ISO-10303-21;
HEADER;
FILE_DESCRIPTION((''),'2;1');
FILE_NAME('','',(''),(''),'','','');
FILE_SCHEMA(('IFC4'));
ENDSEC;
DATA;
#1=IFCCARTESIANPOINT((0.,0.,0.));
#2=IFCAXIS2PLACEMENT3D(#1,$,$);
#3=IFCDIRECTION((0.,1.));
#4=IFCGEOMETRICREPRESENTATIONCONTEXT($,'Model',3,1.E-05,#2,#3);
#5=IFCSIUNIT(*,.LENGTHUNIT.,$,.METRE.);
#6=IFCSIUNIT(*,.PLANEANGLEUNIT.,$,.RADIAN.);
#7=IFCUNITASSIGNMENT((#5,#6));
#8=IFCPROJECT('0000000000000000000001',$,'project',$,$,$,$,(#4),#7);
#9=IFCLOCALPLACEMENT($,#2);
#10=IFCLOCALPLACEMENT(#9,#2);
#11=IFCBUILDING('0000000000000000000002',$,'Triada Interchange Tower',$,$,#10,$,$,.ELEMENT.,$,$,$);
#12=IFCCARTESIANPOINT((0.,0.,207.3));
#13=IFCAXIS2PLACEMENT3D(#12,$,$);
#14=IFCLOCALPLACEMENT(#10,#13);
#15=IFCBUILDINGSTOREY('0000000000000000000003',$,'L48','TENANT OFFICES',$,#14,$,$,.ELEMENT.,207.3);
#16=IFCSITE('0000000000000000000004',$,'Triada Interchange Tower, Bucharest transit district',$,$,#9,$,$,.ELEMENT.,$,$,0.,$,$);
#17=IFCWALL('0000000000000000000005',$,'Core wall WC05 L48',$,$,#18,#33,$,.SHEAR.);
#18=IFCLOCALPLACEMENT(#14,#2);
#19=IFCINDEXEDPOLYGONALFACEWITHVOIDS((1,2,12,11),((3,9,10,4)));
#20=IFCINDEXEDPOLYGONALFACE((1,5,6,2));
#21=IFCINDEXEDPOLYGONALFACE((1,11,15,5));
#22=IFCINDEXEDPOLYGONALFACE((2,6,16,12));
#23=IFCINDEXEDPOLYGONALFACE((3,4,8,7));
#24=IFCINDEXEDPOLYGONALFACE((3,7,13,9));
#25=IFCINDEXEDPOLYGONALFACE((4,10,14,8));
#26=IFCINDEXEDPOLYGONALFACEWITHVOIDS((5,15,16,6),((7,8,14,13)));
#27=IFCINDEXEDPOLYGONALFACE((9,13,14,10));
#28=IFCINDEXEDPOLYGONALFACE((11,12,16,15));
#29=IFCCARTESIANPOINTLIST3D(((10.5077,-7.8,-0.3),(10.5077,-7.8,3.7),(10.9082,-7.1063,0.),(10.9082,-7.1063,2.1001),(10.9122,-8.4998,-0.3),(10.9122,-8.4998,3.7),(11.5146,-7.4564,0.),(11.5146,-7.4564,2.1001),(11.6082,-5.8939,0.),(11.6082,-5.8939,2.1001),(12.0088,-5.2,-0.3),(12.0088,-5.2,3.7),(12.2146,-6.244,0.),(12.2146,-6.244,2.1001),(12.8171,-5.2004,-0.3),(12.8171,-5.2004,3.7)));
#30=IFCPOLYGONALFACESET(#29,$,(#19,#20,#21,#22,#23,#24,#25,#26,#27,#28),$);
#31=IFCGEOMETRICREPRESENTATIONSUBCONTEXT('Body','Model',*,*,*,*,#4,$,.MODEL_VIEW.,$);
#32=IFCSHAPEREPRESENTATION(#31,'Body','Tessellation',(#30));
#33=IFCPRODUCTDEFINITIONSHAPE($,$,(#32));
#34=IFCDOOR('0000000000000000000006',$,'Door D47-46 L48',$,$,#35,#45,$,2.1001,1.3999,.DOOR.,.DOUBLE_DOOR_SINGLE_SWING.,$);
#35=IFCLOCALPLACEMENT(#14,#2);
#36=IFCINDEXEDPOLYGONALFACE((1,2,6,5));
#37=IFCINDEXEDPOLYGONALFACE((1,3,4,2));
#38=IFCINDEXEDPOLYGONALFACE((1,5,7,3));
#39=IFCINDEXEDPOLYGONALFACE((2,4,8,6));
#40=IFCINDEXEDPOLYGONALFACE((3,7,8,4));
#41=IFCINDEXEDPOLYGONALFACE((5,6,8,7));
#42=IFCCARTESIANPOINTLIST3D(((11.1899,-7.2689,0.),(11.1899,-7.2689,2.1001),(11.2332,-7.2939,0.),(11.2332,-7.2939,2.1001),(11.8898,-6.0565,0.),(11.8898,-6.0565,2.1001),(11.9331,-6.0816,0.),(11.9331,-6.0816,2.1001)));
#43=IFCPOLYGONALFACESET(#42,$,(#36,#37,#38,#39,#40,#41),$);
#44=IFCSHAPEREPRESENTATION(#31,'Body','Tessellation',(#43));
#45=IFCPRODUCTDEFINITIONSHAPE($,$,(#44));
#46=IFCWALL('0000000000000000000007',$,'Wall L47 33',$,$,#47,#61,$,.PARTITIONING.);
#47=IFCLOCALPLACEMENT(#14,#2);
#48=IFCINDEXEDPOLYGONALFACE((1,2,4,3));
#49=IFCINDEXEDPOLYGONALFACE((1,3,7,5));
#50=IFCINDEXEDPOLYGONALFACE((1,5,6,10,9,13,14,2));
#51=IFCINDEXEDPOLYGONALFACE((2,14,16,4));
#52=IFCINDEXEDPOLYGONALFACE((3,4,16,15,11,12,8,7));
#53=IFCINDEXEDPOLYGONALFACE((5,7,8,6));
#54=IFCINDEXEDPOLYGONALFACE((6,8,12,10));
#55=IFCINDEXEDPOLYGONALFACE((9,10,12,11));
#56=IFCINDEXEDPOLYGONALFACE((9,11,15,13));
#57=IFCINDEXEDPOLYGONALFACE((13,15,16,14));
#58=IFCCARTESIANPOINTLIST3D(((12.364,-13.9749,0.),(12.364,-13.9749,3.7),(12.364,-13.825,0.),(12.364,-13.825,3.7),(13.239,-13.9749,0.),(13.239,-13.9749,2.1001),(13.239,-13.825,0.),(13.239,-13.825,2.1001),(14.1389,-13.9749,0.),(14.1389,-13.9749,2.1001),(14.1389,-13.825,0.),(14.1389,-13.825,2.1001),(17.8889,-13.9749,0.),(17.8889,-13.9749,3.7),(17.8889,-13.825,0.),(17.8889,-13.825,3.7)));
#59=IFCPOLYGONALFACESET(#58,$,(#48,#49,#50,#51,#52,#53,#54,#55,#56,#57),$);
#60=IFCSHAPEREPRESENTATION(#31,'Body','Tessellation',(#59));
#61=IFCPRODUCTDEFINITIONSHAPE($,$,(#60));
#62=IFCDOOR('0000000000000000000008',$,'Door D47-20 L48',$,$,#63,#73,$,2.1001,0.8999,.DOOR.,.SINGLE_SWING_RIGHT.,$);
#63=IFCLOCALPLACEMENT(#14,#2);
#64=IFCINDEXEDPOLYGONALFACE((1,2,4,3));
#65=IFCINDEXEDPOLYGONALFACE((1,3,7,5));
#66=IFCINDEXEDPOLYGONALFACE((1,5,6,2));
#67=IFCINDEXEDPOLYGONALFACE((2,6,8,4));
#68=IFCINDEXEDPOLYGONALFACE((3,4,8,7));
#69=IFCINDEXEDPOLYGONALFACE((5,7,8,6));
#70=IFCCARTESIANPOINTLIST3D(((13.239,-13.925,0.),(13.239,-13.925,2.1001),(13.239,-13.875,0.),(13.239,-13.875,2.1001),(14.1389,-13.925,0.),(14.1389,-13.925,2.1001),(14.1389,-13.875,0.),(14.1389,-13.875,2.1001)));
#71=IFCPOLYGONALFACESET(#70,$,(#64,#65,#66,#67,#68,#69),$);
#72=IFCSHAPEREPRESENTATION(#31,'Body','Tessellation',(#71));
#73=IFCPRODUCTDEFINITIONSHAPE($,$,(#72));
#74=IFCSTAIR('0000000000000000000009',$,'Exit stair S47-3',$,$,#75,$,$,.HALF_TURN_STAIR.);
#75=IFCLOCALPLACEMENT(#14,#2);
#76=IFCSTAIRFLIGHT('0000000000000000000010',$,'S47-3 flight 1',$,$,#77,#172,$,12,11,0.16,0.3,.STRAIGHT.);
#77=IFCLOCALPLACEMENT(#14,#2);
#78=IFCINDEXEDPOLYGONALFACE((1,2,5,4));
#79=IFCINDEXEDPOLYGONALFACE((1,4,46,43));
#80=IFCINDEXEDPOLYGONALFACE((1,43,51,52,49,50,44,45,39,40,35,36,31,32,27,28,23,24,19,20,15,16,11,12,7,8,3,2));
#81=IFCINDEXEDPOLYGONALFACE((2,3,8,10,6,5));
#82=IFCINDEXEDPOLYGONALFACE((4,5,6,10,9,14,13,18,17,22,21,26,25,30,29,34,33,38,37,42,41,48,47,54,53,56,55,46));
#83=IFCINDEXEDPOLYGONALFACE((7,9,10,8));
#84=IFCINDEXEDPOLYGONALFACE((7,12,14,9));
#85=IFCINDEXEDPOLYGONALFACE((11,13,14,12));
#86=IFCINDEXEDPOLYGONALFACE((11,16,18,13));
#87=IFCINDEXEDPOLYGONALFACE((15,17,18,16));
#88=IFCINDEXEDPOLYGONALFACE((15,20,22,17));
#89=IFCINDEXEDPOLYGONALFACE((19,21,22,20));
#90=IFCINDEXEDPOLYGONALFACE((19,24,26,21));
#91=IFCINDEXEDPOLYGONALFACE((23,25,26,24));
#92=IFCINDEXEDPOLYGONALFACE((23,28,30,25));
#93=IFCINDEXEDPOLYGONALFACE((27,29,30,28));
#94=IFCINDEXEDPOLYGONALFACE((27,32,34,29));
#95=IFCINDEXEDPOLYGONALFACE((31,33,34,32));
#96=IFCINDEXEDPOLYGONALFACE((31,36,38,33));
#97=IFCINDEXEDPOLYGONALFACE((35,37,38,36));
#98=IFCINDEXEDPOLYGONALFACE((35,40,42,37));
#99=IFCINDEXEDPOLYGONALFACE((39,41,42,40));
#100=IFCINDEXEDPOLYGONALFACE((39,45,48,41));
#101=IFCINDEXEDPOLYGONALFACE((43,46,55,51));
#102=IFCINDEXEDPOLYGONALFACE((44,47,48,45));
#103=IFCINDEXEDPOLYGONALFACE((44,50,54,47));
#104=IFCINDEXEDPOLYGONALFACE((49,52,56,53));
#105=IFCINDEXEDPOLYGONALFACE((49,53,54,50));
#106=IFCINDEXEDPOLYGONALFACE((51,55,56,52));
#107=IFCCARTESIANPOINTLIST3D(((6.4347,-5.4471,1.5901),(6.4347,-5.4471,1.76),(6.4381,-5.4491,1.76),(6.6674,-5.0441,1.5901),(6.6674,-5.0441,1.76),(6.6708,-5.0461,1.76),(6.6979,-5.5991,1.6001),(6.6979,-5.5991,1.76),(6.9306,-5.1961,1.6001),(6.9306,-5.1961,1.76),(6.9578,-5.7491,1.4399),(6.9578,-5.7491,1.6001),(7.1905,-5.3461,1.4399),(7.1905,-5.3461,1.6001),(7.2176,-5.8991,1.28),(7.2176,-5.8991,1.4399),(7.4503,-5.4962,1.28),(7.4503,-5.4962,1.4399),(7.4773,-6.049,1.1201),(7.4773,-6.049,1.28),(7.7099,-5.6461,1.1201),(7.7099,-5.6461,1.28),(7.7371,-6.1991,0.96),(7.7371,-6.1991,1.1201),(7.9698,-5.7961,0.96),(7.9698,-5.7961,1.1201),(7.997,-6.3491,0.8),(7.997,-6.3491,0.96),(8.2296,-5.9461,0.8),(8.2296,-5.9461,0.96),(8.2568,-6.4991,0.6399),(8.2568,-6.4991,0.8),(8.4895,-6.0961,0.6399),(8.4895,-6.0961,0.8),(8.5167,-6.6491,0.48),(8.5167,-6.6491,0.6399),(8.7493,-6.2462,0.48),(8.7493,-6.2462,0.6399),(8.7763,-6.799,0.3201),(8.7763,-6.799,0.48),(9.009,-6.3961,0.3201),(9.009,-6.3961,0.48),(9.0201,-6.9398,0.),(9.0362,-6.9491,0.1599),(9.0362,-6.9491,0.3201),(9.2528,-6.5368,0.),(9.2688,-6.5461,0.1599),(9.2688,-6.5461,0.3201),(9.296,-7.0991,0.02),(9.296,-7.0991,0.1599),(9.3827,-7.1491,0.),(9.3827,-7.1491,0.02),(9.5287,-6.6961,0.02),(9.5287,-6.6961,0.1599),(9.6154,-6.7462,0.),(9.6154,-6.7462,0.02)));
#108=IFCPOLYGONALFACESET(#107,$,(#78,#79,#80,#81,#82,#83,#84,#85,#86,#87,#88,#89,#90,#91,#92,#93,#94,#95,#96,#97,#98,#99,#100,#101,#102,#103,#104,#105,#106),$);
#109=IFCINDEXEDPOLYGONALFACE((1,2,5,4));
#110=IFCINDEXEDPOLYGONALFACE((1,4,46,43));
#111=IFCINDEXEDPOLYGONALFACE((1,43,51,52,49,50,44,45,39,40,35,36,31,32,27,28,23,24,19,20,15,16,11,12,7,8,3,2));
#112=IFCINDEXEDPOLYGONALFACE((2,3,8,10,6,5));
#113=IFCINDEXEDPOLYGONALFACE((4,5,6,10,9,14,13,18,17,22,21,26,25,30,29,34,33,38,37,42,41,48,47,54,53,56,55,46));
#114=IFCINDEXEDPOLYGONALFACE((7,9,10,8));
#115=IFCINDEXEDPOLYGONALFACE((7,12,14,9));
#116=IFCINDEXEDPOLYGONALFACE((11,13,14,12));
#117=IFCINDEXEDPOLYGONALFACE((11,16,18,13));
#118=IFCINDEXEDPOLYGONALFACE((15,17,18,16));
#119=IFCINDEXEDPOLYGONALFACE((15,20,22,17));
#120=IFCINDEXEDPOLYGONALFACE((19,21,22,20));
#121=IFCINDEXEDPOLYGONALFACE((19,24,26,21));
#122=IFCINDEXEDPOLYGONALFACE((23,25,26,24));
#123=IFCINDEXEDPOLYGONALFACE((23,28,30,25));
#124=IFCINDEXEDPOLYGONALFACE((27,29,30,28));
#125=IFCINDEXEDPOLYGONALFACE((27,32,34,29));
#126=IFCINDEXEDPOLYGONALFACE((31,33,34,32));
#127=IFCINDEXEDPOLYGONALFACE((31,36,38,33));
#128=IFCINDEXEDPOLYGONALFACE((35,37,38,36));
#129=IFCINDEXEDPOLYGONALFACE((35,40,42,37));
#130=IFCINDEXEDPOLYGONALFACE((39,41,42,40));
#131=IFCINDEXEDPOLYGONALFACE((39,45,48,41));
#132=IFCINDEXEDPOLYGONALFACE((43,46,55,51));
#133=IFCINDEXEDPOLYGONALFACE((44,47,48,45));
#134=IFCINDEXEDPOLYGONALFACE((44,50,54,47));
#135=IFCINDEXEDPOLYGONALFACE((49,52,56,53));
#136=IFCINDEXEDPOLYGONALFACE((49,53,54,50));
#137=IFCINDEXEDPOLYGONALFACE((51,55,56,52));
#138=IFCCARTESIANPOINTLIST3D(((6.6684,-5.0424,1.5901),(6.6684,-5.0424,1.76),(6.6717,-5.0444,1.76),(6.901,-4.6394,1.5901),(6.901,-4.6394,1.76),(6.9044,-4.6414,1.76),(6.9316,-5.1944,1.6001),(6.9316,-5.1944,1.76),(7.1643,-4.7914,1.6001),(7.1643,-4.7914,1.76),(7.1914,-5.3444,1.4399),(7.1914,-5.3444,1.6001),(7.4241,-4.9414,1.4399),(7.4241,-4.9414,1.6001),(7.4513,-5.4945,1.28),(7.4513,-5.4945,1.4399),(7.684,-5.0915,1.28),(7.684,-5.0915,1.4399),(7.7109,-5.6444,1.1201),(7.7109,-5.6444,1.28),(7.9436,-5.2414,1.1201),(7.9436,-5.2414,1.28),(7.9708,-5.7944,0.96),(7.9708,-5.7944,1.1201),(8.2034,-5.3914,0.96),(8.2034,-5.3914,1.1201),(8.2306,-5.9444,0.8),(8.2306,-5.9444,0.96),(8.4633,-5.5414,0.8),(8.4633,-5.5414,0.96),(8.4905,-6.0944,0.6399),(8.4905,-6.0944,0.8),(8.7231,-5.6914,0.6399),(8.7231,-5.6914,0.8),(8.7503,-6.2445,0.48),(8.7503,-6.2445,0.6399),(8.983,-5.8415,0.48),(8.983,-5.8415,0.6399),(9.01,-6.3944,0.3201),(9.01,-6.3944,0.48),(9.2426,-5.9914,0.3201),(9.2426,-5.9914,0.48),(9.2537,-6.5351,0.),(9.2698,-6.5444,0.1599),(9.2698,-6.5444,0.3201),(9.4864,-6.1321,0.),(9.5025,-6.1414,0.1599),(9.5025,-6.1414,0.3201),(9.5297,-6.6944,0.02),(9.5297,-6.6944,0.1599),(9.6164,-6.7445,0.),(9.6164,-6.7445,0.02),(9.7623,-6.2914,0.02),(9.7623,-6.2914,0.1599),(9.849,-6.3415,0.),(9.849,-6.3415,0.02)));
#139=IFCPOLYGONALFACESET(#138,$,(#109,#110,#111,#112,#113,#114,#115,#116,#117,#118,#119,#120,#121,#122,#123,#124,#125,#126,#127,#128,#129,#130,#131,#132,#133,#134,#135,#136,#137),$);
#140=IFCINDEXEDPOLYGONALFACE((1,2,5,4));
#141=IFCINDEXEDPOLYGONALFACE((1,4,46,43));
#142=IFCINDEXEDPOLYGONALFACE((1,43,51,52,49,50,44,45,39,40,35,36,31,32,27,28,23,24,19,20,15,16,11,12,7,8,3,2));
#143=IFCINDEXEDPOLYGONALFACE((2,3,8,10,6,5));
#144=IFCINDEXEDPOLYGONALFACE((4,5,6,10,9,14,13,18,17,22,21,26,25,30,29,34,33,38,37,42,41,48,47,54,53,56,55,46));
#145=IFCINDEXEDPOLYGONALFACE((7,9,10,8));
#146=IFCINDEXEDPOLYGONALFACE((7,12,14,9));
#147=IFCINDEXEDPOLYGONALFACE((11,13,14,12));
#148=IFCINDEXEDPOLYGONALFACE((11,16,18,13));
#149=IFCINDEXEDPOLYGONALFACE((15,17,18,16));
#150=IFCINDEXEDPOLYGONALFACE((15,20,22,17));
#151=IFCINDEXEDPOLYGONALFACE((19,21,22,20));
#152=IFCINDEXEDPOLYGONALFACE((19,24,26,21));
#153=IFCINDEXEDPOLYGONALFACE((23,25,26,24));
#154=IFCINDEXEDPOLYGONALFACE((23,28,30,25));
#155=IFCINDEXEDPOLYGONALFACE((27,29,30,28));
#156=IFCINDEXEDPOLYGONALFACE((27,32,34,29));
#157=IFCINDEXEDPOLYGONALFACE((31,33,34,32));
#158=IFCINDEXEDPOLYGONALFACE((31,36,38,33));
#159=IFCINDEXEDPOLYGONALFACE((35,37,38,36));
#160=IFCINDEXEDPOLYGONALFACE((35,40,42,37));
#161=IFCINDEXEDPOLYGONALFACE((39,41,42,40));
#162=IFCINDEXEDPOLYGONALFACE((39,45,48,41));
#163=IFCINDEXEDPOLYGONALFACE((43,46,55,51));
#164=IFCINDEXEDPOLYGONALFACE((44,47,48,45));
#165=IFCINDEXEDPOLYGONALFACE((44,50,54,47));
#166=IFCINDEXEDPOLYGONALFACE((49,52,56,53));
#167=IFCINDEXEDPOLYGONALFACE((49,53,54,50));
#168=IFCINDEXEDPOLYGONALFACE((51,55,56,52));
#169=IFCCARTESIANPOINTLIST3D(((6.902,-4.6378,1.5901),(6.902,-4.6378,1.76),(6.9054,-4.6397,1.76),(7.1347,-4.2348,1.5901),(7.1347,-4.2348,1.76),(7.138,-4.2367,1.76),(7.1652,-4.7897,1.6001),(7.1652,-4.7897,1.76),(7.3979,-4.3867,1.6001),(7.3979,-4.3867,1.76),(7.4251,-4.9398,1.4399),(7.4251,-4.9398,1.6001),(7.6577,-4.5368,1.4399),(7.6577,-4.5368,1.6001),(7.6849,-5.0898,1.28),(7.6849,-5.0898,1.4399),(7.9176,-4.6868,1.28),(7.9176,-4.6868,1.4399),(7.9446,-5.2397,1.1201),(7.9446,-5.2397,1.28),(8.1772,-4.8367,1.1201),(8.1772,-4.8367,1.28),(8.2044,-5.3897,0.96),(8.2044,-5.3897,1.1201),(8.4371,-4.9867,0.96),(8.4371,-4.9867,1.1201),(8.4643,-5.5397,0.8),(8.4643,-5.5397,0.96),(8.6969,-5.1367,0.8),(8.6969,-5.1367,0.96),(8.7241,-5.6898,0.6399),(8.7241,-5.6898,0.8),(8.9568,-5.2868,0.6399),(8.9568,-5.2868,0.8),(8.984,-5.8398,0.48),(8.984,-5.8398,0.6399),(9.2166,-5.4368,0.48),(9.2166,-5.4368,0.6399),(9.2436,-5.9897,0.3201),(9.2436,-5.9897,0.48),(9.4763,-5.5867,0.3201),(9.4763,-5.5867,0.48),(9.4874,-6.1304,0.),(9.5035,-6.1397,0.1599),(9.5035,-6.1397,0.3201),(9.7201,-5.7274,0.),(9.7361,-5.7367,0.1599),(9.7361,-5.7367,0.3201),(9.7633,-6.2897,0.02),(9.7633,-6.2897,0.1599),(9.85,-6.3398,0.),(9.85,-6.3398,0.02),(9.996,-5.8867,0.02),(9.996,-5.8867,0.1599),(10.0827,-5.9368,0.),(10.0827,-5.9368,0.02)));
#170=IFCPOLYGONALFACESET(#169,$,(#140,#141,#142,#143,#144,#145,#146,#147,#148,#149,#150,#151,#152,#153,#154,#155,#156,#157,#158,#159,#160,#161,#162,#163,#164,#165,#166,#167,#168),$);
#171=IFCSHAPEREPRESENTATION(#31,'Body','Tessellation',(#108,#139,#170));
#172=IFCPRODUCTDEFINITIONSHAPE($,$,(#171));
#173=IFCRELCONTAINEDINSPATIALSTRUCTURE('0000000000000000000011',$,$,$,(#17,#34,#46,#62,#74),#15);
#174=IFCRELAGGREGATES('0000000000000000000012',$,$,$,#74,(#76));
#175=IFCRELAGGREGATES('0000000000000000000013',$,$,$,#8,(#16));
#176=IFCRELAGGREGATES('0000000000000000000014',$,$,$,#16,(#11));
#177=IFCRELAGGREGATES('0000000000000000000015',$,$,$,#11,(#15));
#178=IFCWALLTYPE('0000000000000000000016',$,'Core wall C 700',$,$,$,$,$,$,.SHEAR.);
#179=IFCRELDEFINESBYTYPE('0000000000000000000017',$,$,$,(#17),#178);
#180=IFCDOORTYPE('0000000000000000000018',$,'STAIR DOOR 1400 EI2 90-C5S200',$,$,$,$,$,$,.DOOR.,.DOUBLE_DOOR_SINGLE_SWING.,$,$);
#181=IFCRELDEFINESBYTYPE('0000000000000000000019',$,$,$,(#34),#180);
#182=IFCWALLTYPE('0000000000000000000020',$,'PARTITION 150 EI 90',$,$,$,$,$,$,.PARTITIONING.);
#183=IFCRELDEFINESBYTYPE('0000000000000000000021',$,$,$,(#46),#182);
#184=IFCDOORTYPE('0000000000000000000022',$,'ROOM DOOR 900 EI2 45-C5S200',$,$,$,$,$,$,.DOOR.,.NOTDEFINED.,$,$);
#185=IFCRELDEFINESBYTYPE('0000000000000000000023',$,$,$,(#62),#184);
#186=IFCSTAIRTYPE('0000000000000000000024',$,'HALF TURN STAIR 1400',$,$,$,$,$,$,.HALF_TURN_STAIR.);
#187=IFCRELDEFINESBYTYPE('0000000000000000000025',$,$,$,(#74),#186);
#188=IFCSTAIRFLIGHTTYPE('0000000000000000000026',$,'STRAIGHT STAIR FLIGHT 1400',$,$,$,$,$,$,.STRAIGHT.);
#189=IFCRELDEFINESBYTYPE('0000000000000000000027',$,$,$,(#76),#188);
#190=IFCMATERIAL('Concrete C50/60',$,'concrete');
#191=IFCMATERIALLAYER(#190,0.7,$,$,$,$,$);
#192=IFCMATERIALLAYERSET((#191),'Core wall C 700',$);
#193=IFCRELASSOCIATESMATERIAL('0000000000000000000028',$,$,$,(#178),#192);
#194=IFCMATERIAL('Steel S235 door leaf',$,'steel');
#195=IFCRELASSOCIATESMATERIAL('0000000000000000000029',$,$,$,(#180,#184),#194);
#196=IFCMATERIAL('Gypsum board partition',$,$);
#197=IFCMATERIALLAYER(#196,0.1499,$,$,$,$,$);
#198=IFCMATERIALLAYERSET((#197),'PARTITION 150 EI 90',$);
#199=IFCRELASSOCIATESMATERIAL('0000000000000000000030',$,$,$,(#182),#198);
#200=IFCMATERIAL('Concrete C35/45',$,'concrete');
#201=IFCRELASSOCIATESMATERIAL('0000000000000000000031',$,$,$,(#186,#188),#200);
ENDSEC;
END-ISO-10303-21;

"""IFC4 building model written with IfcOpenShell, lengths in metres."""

from ifc_helpers import new_model, si_unit, direction, frame, frame_2d, origin, place, context, subcontext, project, spatial, polyline, rectangle, outline, extrude, material, layer, layer_set, type_object, element, fill, aggregate, save


model = new_model("IFC4")

# Units and contexts
model_context = context("Model", 3, precision=1e-05, world=origin(), true_north=direction((0.0, 1.0)))
body_context = subcontext(model_context, "Body", "Model", "MODEL_VIEW")
ifc_project = project(units=[si_unit("LENGTHUNIT", "METRE"), si_unit("PLANEANGLEUNIT", "RADIAN")], contexts=[model_context])

# Site, building, storey
site_placement = place(None, origin())
site = spatial("IfcSite", under=ifc_project, at=site_placement, Name="Triada Interchange Tower, Bucharest transit district", CompositionType="ELEMENT", RefElevation=0.0)
building_placement = place(site_placement, origin())
building = spatial("IfcBuilding", under=site, at=building_placement, Name="Triada Interchange Tower", CompositionType="ELEMENT")
storey_placement = place(building_placement, frame((0.0, 0.0, 207.3)))
storey = spatial("IfcBuildingStorey", under=building, at=storey_placement, Name="L48", Description="TENANT OFFICES", CompositionType="ELEMENT", Elevation=207.3)

# Shared definitions
ifc_material_1 = material(Name="Steel S235 door leaf", Category="steel")

# Wall, opening, door
ifc_material_2 = material(Name="Concrete C50/60", Category="concrete")
ifc_layer_1 = layer(ifc_material_2, 0.7)
ifc_layer_set_1 = layer_set([ifc_layer_1], Name="Core wall C 700")
wall_type_1 = type_object("IfcWallType", Name="Core wall C 700", PredefinedType="SHEAR", material=ifc_layer_set_1)
wall_1_placement = place(storey_placement, frame((10.71, -8.1499, -0.3), z_axis=(0.0, 0.0, 1.0), x_axis=(0.499993, 0.866029, 0.0)))
wall_1 = element("IfcWall", 1, at=wall_1_placement, inside=storey, type_object=wall_type_1, Name="Core wall WC05 L48", PredefinedType="SHEAR", context=body_context, shape_type="SweptSolid", body=[
    extrude(outline(polyline([(-0.2019, -0.3501), (1.7031, -0.3501), (3.6079, -0.3501), (3.2041, 0.3501), (1.7031, 0.3501), (0.2019, 0.3501), (-0.2019, -0.3501)])), origin(), (0.0, 0.0, 1.0), 4.0),
])
opening_1_placement = place(wall_1_placement, frame((1.0029, 0.0, 0.3)))
opening_1 = element("IfcOpeningElement", 2, at=opening_1_placement, cuts=wall_1, PredefinedType="OPENING", context=body_context, shape_type="SweptSolid", body=[
    extrude(rectangle(XDim=1.3999, YDim=2.1001, at=frame_2d((0.7, 1.05))), frame((0.0, 0.3601, 0.0), z_axis=(0.0, -1.0, 0.0), x_axis=(1.0, 0.0, 0.0)), (0.0, 0.0, 1.0), 0.7202),
])
door_type_1 = type_object("IfcDoorType", Name="STAIR DOOR 1400 EI2 90-C5S200", OperationType="DOUBLE_DOOR_SINGLE_SWING", PredefinedType="DOOR", material=ifc_material_1)
door_1_placement = place(opening_1_placement, origin())
door_1 = element("IfcDoor", 3, at=door_1_placement, inside=storey, type_object=door_type_1, Name="Door D47-46 L48", OperationType="DOUBLE_DOOR_SINGLE_SWING", OverallHeight=2.1001, OverallWidth=1.3999, PredefinedType="DOOR", context=body_context, shape_type="SweptSolid", body=[
    extrude(rectangle(XDim=1.3999, YDim=2.1001, at=frame_2d((0.7, 1.05))), frame((0.0, 0.0249, 0.0), z_axis=(0.0, -1.0, 0.0), x_axis=(1.0, 0.0, 0.0)), (0.0, 0.0, 1.0), 0.05),
])
fill(opening_1, door_1)

# Wall, opening, door
ifc_material_3 = material(Name="Gypsum board partition")
ifc_layer_2 = layer(ifc_material_3, 0.1499)
ifc_layer_set_2 = layer_set([ifc_layer_2], Name="PARTITION 150 EI 90")
wall_type_2 = type_object("IfcWallType", Name="PARTITION 150 EI 90", PredefinedType="PARTITIONING", material=ifc_layer_set_2)
wall_2_placement = place(storey_placement, frame((12.364, -13.8999, 0.0), z_axis=(0.0, 0.0, 1.0), x_axis=(1.0, 0.0, 0.0)))
wall_2 = element("IfcWall", 4, at=wall_2_placement, inside=storey, type_object=wall_type_2, Name="Wall L47 33", PredefinedType="PARTITIONING", context=body_context, shape_type="SweptSolid", body=[
    extrude(rectangle(XDim=5.5249, YDim=0.1499, at=frame_2d((2.7625, 0.0))), origin(), (0.0, 0.0, 1.0), 3.7),
])
opening_2_placement = place(wall_2_placement, frame((0.875, 0.0, 0.0)))
opening_2 = element("IfcOpeningElement", 5, at=opening_2_placement, cuts=wall_2, PredefinedType="OPENING", context=body_context, shape_type="SweptSolid", body=[
    extrude(rectangle(XDim=0.8999, YDim=2.1001, at=frame_2d((0.45, 1.05))), frame((0.0, 0.085, 0.0), z_axis=(0.0, -1.0, 0.0), x_axis=(1.0, 0.0, 0.0)), (0.0, 0.0, 1.0), 0.1699),
])
door_type_2 = type_object("IfcDoorType", Name="ROOM DOOR 900 EI2 45-C5S200", OperationType="NOTDEFINED", PredefinedType="DOOR", material=ifc_material_1)
door_2_placement = place(opening_2_placement, origin())
door_2 = element("IfcDoor", 6, at=door_2_placement, inside=storey, type_object=door_type_2, Name="Door D47-20 L48", OperationType="SINGLE_SWING_RIGHT", OverallHeight=2.1001, OverallWidth=0.8999, PredefinedType="DOOR", context=body_context, shape_type="SweptSolid", body=[
    extrude(rectangle(XDim=0.8999, YDim=2.1001, at=frame_2d((0.45, 1.05))), frame((0.0, 0.0249, 0.0), z_axis=(0.0, -1.0, 0.0), x_axis=(1.0, 0.0, 0.0)), (0.0, 0.0, 1.0), 0.05),
])
fill(opening_2, door_2)

# Stair, stair flight
ifc_material_4 = material(Name="Concrete C35/45", Category="concrete")
stair_type = type_object("IfcStairType", Name="HALF TURN STAIR 1400", PredefinedType="HALF_TURN_STAIR", material=ifc_material_4)
stair_placement = place(storey_placement, origin())
stair = element("IfcStair", 7, at=stair_placement, inside=storey, type_object=stair_type, Name="Exit stair S47-3", PredefinedType="HALF_TURN_STAIR")
stair_flight_type = type_object("IfcStairFlightType", Name="STRAIGHT STAIR FLIGHT 1400", PredefinedType="STRAIGHT", material=ifc_material_4)
stair_flight_1_placement = place(storey_placement, frame((9.646, -6.4929, 0.0), z_axis=(0.0, 0.0, 1.0), x_axis=(-0.866025, 0.5, 0.0)))
stair_flight_1 = element("IfcStairFlight", 8, at=stair_flight_1_placement, type_object=stair_flight_type, Name="S47-3 flight 1", NumberOfRisers=12, NumberOfTreads=11, PredefinedType="STRAIGHT", RiserHeight=0.16, TreadLength=0.3, context=body_context, shape_type="SweptSolid", body=[
    extrude(outline(polyline([(-0.1001, 0.0), (-0.1001, 0.02), (0.0, 0.02), (0.0, 0.1599), (0.3, 0.1599), (0.3, 0.3201), (0.6001, 0.3201), (0.6001, 0.48), (0.8999, 0.48), (0.8999, 0.6399), (1.2, 0.6399), (1.2, 0.8), (1.5, 0.8), (1.5, 0.96), (1.8, 0.96), (1.8, 1.1201), (2.1001, 1.1201), (2.1001, 1.28), (2.3999, 1.28), (2.3999, 1.4399), (2.7, 1.4399), (2.7, 1.6001), (3.0, 1.6001), (3.0, 1.76), (3.3, 1.76), (3.304, 1.76), (3.304, 1.9199), (3.304, 1.5901), (0.3186, 0.0), (-0.1001, 0.0)])), frame((0.0, 0.7, 0.0), z_axis=(0.0, -1.0, 0.0), x_axis=(1.0, 0.0, 0.0)), (0.0, 0.0, 1.0), 0.4653),
    extrude(outline(polyline([(-0.1001, 0.0), (-0.1001, 0.02), (0.0, 0.02), (0.0, 0.1599), (0.3, 0.1599), (0.3, 0.3201), (0.6001, 0.3201), (0.6001, 0.48), (0.8999, 0.48), (0.8999, 0.6399), (1.2, 0.6399), (1.2, 0.8), (1.5, 0.8), (1.5, 0.96), (1.8, 0.96), (1.8, 1.1201), (2.1001, 1.1201), (2.1001, 1.28), (2.3999, 1.28), (2.3999, 1.4399), (2.7, 1.4399), (2.7, 1.6001), (3.0, 1.6001), (3.0, 1.76), (3.3, 1.76), (3.304, 1.76), (3.304, 1.9199), (3.304, 1.5901), (0.3186, 0.0), (-0.1001, 0.0)])), frame((0.0, 0.2327, 0.0), z_axis=(0.0, -1.0, 0.0), x_axis=(1.0, 0.0, 0.0)), (0.0, 0.0, 1.0), 0.4653),
    extrude(outline(polyline([(-0.1001, 0.0), (-0.1001, 0.02), (0.0, 0.02), (0.0, 0.1599), (0.3, 0.1599), (0.3, 0.3201), (0.6001, 0.3201), (0.6001, 0.48), (0.8999, 0.48), (0.8999, 0.6399), (1.2, 0.6399), (1.2, 0.8), (1.5, 0.8), (1.5, 0.96), (1.8, 0.96), (1.8, 1.1201), (2.1001, 1.1201), (2.1001, 1.28), (2.3999, 1.28), (2.3999, 1.4399), (2.7, 1.4399), (2.7, 1.6001), (3.0, 1.6001), (3.0, 1.76), (3.3, 1.76), (3.304, 1.76), (3.304, 1.9199), (3.304, 1.5901), (0.3186, 0.0), (-0.1001, 0.0)])), frame((0.0, -0.2346, 0.0), z_axis=(0.0, -1.0, 0.0), x_axis=(1.0, 0.0, 0.0)), (0.0, 0.0, 1.0), 0.4653),
])
aggregate(stair, [stair_flight_1])

save(model, "model.ifc")
